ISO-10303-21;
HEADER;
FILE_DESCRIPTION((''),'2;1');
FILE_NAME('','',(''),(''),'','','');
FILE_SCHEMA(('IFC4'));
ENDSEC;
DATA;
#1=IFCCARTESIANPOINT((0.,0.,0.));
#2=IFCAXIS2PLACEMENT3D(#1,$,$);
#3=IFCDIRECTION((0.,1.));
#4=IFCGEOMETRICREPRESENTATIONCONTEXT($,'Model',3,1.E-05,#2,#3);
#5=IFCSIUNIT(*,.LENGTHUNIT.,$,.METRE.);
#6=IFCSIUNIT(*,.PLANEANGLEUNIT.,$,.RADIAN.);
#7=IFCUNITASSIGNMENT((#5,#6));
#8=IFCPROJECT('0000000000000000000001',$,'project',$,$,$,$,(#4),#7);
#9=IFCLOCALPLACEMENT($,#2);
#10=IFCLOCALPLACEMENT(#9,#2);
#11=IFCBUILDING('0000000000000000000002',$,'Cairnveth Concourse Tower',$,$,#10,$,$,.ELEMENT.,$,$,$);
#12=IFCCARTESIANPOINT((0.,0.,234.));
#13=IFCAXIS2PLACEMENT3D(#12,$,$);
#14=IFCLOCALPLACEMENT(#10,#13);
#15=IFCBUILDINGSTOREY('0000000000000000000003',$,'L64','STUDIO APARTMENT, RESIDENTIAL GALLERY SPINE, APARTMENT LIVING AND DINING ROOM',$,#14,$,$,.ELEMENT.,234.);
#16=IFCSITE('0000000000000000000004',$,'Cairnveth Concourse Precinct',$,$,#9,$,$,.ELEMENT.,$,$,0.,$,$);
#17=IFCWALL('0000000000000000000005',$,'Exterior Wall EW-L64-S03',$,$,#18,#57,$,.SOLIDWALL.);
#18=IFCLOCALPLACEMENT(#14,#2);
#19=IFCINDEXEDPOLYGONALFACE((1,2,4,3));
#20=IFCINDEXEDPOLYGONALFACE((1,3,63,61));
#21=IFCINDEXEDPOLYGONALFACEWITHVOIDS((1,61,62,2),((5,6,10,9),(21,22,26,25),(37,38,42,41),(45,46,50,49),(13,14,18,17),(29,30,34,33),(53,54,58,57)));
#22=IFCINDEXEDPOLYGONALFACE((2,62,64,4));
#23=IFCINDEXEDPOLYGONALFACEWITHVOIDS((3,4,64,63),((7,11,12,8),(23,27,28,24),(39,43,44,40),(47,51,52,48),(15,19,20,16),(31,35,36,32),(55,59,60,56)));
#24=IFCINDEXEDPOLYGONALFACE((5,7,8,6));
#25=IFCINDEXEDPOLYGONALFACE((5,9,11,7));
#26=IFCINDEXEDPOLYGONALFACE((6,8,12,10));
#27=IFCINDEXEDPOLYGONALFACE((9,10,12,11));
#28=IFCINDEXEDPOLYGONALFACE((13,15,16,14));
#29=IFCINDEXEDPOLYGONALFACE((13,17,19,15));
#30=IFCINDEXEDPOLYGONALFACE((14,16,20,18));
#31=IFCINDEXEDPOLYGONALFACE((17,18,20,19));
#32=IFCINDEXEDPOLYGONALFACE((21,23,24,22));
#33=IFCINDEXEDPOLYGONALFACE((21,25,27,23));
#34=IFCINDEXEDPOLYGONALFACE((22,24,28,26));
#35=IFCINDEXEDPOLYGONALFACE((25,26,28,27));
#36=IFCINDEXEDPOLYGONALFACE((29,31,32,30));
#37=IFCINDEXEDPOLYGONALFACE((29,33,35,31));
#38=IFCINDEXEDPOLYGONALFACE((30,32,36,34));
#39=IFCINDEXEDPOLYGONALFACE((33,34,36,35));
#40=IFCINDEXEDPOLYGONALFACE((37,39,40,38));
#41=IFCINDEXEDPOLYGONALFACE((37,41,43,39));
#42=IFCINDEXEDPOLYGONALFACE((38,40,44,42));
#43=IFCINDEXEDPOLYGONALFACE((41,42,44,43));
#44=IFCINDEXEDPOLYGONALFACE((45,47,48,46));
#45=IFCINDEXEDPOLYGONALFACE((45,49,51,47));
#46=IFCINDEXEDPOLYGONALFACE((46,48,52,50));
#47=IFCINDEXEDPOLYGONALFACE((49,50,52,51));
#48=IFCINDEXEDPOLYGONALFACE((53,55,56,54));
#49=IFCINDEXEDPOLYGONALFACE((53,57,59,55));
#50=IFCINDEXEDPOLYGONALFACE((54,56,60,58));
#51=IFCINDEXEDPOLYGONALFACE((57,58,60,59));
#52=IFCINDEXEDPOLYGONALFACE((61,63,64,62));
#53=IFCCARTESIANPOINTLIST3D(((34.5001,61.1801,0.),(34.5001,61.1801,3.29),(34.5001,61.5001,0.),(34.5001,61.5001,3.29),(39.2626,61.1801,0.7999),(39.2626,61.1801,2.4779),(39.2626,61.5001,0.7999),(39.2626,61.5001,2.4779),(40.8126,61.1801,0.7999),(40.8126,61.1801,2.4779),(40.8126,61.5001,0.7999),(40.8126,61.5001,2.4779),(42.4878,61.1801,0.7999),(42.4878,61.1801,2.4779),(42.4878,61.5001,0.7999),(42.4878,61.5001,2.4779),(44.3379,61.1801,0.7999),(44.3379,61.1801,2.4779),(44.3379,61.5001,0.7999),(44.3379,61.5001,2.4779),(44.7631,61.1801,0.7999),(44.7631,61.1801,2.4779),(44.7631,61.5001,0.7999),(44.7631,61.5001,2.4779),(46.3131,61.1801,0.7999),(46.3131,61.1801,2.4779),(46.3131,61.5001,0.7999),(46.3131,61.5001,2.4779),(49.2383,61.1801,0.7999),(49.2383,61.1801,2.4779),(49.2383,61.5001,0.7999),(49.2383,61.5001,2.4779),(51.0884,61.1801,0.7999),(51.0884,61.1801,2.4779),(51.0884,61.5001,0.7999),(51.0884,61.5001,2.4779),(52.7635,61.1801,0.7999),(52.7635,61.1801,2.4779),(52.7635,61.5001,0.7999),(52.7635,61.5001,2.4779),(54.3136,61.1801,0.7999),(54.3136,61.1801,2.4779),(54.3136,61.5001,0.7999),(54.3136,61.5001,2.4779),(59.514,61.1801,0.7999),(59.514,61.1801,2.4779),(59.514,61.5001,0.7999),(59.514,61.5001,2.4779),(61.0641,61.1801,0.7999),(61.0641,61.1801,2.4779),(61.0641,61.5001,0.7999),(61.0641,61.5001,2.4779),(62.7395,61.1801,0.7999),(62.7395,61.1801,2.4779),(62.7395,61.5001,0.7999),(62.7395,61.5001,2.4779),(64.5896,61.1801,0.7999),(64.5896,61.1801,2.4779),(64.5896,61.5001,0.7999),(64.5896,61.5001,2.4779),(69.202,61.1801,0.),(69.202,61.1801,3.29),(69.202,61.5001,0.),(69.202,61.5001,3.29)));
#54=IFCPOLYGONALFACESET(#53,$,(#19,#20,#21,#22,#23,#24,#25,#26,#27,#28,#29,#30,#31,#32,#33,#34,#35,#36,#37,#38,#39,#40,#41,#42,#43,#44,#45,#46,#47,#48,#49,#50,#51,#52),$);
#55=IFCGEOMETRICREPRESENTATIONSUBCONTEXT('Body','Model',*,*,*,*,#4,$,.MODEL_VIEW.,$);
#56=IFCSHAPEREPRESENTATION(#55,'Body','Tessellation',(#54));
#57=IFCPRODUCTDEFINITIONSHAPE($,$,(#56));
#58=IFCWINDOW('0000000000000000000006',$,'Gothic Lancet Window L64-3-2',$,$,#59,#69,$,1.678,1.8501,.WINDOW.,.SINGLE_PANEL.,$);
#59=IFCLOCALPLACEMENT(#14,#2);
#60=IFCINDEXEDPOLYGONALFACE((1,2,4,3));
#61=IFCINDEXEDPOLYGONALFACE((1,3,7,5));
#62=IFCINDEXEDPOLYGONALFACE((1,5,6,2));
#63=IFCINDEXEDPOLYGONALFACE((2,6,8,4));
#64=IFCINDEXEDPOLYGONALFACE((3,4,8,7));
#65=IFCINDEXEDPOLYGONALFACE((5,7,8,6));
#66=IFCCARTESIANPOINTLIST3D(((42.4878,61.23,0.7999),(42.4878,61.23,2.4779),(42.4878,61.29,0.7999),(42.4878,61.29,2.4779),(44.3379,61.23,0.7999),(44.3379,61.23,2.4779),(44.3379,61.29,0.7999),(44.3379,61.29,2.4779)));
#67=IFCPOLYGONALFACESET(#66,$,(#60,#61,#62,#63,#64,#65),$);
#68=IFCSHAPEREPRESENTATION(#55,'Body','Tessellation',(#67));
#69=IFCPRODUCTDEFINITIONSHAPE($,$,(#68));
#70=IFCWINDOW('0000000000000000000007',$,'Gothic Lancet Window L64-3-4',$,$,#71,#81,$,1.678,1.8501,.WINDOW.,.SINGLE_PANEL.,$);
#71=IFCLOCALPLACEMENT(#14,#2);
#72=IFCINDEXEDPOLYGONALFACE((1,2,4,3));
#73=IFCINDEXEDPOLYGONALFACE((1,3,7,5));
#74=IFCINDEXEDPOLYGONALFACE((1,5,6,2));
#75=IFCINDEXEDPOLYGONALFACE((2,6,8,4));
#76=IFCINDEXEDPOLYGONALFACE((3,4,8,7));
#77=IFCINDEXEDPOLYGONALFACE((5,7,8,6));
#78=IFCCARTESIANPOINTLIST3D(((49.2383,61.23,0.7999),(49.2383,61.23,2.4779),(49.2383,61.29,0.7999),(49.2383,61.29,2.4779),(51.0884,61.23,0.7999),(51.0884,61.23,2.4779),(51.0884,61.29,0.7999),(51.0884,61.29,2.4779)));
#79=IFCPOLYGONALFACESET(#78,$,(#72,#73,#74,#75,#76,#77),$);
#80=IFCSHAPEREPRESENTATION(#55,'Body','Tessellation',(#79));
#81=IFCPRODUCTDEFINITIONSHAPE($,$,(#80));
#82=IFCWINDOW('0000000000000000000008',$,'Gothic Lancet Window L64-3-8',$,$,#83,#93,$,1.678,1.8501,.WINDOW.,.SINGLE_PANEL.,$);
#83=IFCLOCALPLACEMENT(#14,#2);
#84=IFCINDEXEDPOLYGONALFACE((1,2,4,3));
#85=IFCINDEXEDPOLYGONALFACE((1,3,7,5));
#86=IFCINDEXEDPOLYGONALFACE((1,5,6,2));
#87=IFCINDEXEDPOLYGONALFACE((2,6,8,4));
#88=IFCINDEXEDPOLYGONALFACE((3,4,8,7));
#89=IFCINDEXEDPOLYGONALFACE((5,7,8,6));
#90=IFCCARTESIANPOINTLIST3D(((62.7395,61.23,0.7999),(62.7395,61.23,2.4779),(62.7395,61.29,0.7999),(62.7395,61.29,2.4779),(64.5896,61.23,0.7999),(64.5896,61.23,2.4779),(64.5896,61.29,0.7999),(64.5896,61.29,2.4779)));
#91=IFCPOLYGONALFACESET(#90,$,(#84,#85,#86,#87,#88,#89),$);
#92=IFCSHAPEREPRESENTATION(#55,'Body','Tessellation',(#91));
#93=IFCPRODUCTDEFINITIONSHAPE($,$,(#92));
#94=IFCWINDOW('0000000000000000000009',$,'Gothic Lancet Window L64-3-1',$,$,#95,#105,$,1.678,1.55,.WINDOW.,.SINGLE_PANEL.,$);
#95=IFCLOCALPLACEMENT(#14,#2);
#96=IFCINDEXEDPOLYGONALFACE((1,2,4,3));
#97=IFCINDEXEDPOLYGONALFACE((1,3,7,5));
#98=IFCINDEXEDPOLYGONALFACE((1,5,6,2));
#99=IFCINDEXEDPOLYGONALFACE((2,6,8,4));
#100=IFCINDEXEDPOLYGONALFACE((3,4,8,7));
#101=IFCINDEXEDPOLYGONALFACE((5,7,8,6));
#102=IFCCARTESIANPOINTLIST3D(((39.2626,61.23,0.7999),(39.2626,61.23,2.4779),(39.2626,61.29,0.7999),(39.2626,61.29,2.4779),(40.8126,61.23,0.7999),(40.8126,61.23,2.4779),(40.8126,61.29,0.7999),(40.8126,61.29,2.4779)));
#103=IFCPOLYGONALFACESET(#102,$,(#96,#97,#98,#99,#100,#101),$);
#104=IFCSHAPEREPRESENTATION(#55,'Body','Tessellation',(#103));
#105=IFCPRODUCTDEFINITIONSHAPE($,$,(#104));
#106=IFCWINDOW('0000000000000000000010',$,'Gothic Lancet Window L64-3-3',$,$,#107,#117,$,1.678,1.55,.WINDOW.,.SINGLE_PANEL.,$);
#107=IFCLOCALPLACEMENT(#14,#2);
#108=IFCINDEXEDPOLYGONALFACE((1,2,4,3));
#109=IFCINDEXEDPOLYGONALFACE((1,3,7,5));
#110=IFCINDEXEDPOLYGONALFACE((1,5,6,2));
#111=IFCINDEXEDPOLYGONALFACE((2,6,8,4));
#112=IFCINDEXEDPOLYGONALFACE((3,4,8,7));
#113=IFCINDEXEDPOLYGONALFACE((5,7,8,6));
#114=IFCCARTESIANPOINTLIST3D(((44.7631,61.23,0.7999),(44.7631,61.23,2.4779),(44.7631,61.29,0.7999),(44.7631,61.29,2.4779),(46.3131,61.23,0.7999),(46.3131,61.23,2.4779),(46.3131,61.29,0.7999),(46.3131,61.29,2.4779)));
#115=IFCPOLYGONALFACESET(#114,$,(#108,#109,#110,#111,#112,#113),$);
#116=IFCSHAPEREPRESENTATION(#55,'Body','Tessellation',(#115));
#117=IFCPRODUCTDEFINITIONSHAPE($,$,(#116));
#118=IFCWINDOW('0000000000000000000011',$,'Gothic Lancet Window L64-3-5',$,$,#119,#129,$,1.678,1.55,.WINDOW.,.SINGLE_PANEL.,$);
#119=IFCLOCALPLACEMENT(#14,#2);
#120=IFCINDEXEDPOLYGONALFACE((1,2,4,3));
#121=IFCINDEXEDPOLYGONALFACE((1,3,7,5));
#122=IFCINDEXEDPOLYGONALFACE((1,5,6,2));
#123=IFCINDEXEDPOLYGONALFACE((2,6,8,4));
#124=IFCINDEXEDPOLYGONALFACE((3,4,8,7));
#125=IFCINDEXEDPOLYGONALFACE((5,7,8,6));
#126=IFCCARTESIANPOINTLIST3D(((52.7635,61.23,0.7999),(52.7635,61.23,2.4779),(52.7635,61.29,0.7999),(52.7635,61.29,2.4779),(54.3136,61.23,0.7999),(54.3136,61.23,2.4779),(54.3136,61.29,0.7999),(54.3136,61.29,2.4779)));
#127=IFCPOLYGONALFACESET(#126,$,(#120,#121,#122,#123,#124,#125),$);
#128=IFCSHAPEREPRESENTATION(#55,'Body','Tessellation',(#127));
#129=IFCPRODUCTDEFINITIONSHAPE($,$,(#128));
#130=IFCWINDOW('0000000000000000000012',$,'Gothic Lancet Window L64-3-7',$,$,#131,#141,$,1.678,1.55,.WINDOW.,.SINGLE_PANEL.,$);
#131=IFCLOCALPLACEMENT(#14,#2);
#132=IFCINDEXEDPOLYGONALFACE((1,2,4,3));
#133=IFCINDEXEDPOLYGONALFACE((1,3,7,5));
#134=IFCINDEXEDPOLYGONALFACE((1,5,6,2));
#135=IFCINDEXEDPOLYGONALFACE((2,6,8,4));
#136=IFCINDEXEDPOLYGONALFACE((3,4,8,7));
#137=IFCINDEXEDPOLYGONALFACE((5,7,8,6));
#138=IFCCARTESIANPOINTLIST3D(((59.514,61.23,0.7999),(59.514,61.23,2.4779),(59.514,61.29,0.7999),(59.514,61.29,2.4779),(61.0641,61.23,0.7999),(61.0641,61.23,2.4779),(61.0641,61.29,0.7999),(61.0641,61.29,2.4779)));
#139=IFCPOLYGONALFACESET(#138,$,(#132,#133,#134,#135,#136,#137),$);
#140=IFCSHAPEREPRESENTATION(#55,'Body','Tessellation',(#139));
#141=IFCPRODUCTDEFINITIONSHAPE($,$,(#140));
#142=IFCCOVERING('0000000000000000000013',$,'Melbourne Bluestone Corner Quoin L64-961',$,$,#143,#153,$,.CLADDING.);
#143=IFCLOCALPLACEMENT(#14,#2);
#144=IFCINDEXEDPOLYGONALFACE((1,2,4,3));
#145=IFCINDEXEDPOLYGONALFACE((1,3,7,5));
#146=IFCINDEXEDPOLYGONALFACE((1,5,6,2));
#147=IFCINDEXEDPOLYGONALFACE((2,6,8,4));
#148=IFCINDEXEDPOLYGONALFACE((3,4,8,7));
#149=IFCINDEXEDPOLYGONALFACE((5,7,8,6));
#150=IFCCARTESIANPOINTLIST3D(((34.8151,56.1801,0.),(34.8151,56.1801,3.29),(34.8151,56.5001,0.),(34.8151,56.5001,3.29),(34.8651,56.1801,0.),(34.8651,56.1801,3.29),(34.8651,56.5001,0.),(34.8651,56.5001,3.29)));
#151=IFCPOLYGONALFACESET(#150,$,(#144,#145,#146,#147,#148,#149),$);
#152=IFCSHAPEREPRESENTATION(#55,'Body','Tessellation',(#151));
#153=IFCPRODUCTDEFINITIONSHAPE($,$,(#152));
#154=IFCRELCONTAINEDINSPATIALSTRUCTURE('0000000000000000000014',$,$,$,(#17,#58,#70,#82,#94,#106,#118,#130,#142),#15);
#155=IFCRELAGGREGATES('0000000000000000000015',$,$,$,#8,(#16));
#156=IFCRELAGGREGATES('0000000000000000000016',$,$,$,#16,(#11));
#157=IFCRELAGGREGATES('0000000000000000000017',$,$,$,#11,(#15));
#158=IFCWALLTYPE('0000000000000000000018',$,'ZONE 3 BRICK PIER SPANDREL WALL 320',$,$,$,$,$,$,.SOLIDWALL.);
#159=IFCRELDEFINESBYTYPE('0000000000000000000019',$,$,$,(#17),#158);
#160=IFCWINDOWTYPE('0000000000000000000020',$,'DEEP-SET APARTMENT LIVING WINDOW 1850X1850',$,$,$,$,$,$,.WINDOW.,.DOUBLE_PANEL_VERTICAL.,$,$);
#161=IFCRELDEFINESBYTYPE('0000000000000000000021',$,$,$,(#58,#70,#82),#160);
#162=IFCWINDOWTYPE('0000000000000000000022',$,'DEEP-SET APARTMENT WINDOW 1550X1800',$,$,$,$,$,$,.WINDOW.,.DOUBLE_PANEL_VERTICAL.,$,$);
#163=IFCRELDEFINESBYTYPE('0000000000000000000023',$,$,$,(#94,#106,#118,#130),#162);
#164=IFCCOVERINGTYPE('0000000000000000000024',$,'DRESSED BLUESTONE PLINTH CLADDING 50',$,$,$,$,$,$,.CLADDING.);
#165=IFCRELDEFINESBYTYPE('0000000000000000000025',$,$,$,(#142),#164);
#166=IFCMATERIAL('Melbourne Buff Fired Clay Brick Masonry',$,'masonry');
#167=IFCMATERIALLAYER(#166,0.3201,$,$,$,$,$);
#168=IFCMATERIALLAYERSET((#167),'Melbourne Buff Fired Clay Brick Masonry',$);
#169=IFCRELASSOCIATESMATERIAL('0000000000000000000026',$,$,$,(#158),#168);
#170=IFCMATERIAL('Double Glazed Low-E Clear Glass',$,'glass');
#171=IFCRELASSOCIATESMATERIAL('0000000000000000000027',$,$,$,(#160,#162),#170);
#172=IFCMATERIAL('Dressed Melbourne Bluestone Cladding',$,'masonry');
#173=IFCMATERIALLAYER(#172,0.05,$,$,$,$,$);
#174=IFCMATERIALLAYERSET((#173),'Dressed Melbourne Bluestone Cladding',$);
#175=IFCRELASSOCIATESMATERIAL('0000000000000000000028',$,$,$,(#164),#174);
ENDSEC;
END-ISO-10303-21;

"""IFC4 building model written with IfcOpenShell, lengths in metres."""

from ifc_helpers import new_model, si_unit, direction, frame, frame_2d, origin, place, context, subcontext, project, spatial, rectangle, extrude, material, layer, layer_set, type_object, element, fill, save


model = new_model("IFC4")

# Units and contexts
model_context = context("Model", 3, precision=1e-05, world=origin(), true_north=direction((0.0, 1.0)))
body_context = subcontext(model_context, "Body", "Model", "MODEL_VIEW")
ifc_project = project(units=[si_unit("LENGTHUNIT", "METRE"), si_unit("PLANEANGLEUNIT", "RADIAN")], contexts=[model_context])

# Site, building, storey
site_placement = place(None, origin())
site = spatial("IfcSite", under=ifc_project, at=site_placement, Name="Cairnveth Concourse Precinct", CompositionType="ELEMENT", RefElevation=0.0)
building_placement = place(site_placement, origin())
building = spatial("IfcBuilding", under=site, at=building_placement, Name="Cairnveth Concourse Tower", CompositionType="ELEMENT")
storey_placement = place(building_placement, frame((0.0, 0.0, 234.0)))
storey = spatial("IfcBuildingStorey", under=building, at=storey_placement, Name="L64", Description="STUDIO APARTMENT, RESIDENTIAL GALLERY SPINE, APARTMENT LIVING AND DINING ROOM", CompositionType="ELEMENT", Elevation=234.0)

# Shared definitions
ifc_material_1 = material(Name="Melbourne Buff Fired Clay Brick Masonry", Category="masonry")
ifc_layer_1 = layer(ifc_material_1, 0.3201)
ifc_layer_set_1 = layer_set([ifc_layer_1], Name="Melbourne Buff Fired Clay Brick Masonry")
wall_type_1 = type_object("IfcWallType", Name="ZONE 3 BRICK PIER SPANDREL WALL 320", PredefinedType="SOLIDWALL", material=ifc_layer_set_1)

# Wall, openings, windows
wall_1_placement = place(storey_placement, frame((34.5, 61.3401, 0.0), z_axis=(0.0, 0.0, 1.0), x_axis=(1.0, 0.0, 0.0)))
wall_1 = element("IfcWall", 1, at=wall_1_placement, inside=storey, type_object=wall_type_1, Name="Exterior Wall EW-L64-S03", PredefinedType="SOLIDWALL", context=body_context, shape_type="SweptSolid", body=[
    extrude(rectangle(XDim=34.7019, YDim=0.3201, at=frame_2d((17.3511, 0.0))), origin(), (0.0, 0.0, 1.0), 3.29),
])
opening_1_placement = place(wall_1_placement, frame((4.7627, 0.0, 0.8)))
opening_1 = element("IfcOpeningElement", 2, at=opening_1_placement, cuts=wall_1, PredefinedType="OPENING", context=body_context, shape_type="SweptSolid", body=[
    extrude(rectangle(XDim=1.55, YDim=1.678, at=frame_2d((0.7749, 0.8389))), frame((0.0, 0.1699, 0.0), z_axis=(0.0, -1.0, 0.0), x_axis=(1.0, 0.0, 0.0)), (0.0, 0.0, 1.0), 0.3401),
])
opening_2_placement = place(wall_1_placement, frame((7.9878, 0.0, 0.8)))
opening_2 = element("IfcOpeningElement", 3, at=opening_2_placement, cuts=wall_1, PredefinedType="OPENING", context=body_context, shape_type="SweptSolid", body=[
    extrude(rectangle(XDim=1.8501, YDim=1.678, at=frame_2d((0.925, 0.8389))), frame((0.0, 0.1699, 0.0), z_axis=(0.0, -1.0, 0.0), x_axis=(1.0, 0.0, 0.0)), (0.0, 0.0, 1.0), 0.3401),
])
opening_3_placement = place(wall_1_placement, frame((10.2632, 0.0, 0.8)))
opening_3 = element("IfcOpeningElement", 4, at=opening_3_placement, cuts=wall_1, PredefinedType="OPENING", context=body_context, shape_type="SweptSolid", body=[
    extrude(rectangle(XDim=1.55, YDim=1.678, at=frame_2d((0.7749, 0.8389))), frame((0.0, 0.1699, 0.0), z_axis=(0.0, -1.0, 0.0), x_axis=(1.0, 0.0, 0.0)), (0.0, 0.0, 1.0), 0.3401),
])
opening_4_placement = place(wall_1_placement, frame((14.7383, 0.0, 0.8)))
opening_4 = element("IfcOpeningElement", 5, at=opening_4_placement, cuts=wall_1, PredefinedType="OPENING", context=body_context, shape_type="SweptSolid", body=[
    extrude(rectangle(XDim=1.8501, YDim=1.678, at=frame_2d((0.925, 0.8389))), frame((0.0, 0.1699, 0.0), z_axis=(0.0, -1.0, 0.0), x_axis=(1.0, 0.0, 0.0)), (0.0, 0.0, 1.0), 0.3401),
])
opening_5_placement = place(wall_1_placement, frame((18.2637, 0.0, 0.8)))
opening_5 = element("IfcOpeningElement", 6, at=opening_5_placement, cuts=wall_1, PredefinedType="OPENING", context=body_context, shape_type="SweptSolid", body=[
    extrude(rectangle(XDim=1.55, YDim=1.678, at=frame_2d((0.7749, 0.8389))), frame((0.0, 0.1699, 0.0), z_axis=(0.0, -1.0, 0.0), x_axis=(1.0, 0.0, 0.0)), (0.0, 0.0, 1.0), 0.3401),
])
opening_6_placement = place(wall_1_placement, frame((25.0142, 0.0, 0.8)))
opening_6 = element("IfcOpeningElement", 7, at=opening_6_placement, cuts=wall_1, PredefinedType="OPENING", context=body_context, shape_type="SweptSolid", body=[
    extrude(rectangle(XDim=1.55, YDim=1.678, at=frame_2d((0.7749, 0.8389))), frame((0.0, 0.1699, 0.0), z_axis=(0.0, -1.0, 0.0), x_axis=(1.0, 0.0, 0.0)), (0.0, 0.0, 1.0), 0.3401),
])
opening_7_placement = place(wall_1_placement, frame((28.2395, 0.0, 0.8)))
opening_7 = element("IfcOpeningElement", 8, at=opening_7_placement, cuts=wall_1, PredefinedType="OPENING", context=body_context, shape_type="SweptSolid", body=[
    extrude(rectangle(XDim=1.8501, YDim=1.678, at=frame_2d((0.925, 0.8389))), frame((0.0, 0.1699, 0.0), z_axis=(0.0, -1.0, 0.0), x_axis=(1.0, 0.0, 0.0)), (0.0, 0.0, 1.0), 0.3401),
])
ifc_material_2 = material(Name="Double Glazed Low-E Clear Glass", Category="glass")
window_type_1 = type_object("IfcWindowType", Name="DEEP-SET APARTMENT LIVING WINDOW 1850X1850", PartitioningType="DOUBLE_PANEL_VERTICAL", PredefinedType="WINDOW", material=ifc_material_2)
window_1_placement = place(opening_2_placement, origin())
window_1 = element("IfcWindow", 9, at=window_1_placement, inside=storey, type_object=window_type_1, Name="Gothic Lancet Window L64-3-2", OverallHeight=1.678, OverallWidth=1.8501, PartitioningType="SINGLE_PANEL", PredefinedType="WINDOW", context=body_context, shape_type="SweptSolid", body=[
    extrude(rectangle(XDim=1.8501, YDim=1.678, at=frame_2d((0.925, 0.8389))), frame((0.0, -0.05, 0.0), z_axis=(0.0, -1.0, 0.0), x_axis=(1.0, 0.0, 0.0)), (0.0, 0.0, 1.0), 0.0601),
])
fill(opening_2, window_1)
window_2_placement = place(opening_4_placement, origin())
window_2 = element("IfcWindow", 10, at=window_2_placement, inside=storey, type_object=window_type_1, Name="Gothic Lancet Window L64-3-4", OverallHeight=1.678, OverallWidth=1.8501, PartitioningType="SINGLE_PANEL", PredefinedType="WINDOW", context=body_context, shape_type="SweptSolid", body=[
    extrude(rectangle(XDim=1.8501, YDim=1.678, at=frame_2d((0.925, 0.8389))), frame((0.0, -0.05, 0.0), z_axis=(0.0, -1.0, 0.0), x_axis=(1.0, 0.0, 0.0)), (0.0, 0.0, 1.0), 0.0601),
])
fill(opening_4, window_2)
window_3_placement = place(opening_7_placement, origin())
window_3 = element("IfcWindow", 11, at=window_3_placement, inside=storey, type_object=window_type_1, Name="Gothic Lancet Window L64-3-8", OverallHeight=1.678, OverallWidth=1.8501, PartitioningType="SINGLE_PANEL", PredefinedType="WINDOW", context=body_context, shape_type="SweptSolid", body=[
    extrude(rectangle(XDim=1.8501, YDim=1.678, at=frame_2d((0.925, 0.8389))), frame((0.0, -0.05, 0.0), z_axis=(0.0, -1.0, 0.0), x_axis=(1.0, 0.0, 0.0)), (0.0, 0.0, 1.0), 0.0601),
])
fill(opening_7, window_3)
window_type_2 = type_object("IfcWindowType", Name="DEEP-SET APARTMENT WINDOW 1550X1800", PartitioningType="DOUBLE_PANEL_VERTICAL", PredefinedType="WINDOW", material=ifc_material_2)
window_4_placement = place(opening_1_placement, origin())
window_4 = element("IfcWindow", 12, at=window_4_placement, inside=storey, type_object=window_type_2, Name="Gothic Lancet Window L64-3-1", OverallHeight=1.678, OverallWidth=1.55, PartitioningType="SINGLE_PANEL", PredefinedType="WINDOW", context=body_context, shape_type="SweptSolid", body=[
    extrude(rectangle(XDim=1.55, YDim=1.678, at=frame_2d((0.7749, 0.8389))), frame((0.0, -0.05, 0.0), z_axis=(0.0, -1.0, 0.0), x_axis=(1.0, 0.0, 0.0)), (0.0, 0.0, 1.0), 0.0601),
])
fill(opening_1, window_4)
window_5_placement = place(opening_3_placement, origin())
window_5 = element("IfcWindow", 13, at=window_5_placement, inside=storey, type_object=window_type_2, Name="Gothic Lancet Window L64-3-3", OverallHeight=1.678, OverallWidth=1.55, PartitioningType="SINGLE_PANEL", PredefinedType="WINDOW", context=body_context, shape_type="SweptSolid", body=[
    extrude(rectangle(XDim=1.55, YDim=1.678, at=frame_2d((0.7749, 0.8389))), frame((0.0, -0.05, 0.0), z_axis=(0.0, -1.0, 0.0), x_axis=(1.0, 0.0, 0.0)), (0.0, 0.0, 1.0), 0.0601),
])
fill(opening_3, window_5)
window_6_placement = place(opening_5_placement, origin())
window_6 = element("IfcWindow", 14, at=window_6_placement, inside=storey, type_object=window_type_2, Name="Gothic Lancet Window L64-3-5", OverallHeight=1.678, OverallWidth=1.55, PartitioningType="SINGLE_PANEL", PredefinedType="WINDOW", context=body_context, shape_type="SweptSolid", body=[
    extrude(rectangle(XDim=1.55, YDim=1.678, at=frame_2d((0.7749, 0.8389))), frame((0.0, -0.05, 0.0), z_axis=(0.0, -1.0, 0.0), x_axis=(1.0, 0.0, 0.0)), (0.0, 0.0, 1.0), 0.0601),
])
fill(opening_5, window_6)
window_7_placement = place(opening_6_placement, origin())
window_7 = element("IfcWindow", 15, at=window_7_placement, inside=storey, type_object=window_type_2, Name="Gothic Lancet Window L64-3-7", OverallHeight=1.678, OverallWidth=1.55, PartitioningType="SINGLE_PANEL", PredefinedType="WINDOW", context=body_context, shape_type="SweptSolid", body=[
    extrude(rectangle(XDim=1.55, YDim=1.678, at=frame_2d((0.7749, 0.8389))), frame((0.0, -0.05, 0.0), z_axis=(0.0, -1.0, 0.0), x_axis=(1.0, 0.0, 0.0)), (0.0, 0.0, 1.0), 0.0601),
])
fill(opening_6, window_7)

# Covering
ifc_material_3 = material(Name="Dressed Melbourne Bluestone Cladding", Category="masonry")
ifc_layer_2 = layer(ifc_material_3, 0.05)
ifc_layer_set_2 = layer_set([ifc_layer_2], Name="Dressed Melbourne Bluestone Cladding")
covering_type = type_object("IfcCoveringType", Name="DRESSED BLUESTONE PLINTH CLADDING 50", PredefinedType="CLADDING", material=ifc_layer_set_2)
covering_placement = place(storey_placement, frame((34.8401, 56.1799, 0.0), z_axis=(0.0, 0.0, 1.0), x_axis=(0.0, 1.0, 0.0)))
element("IfcCovering", 16, at=covering_placement, inside=storey, type_object=covering_type, Name="Melbourne Bluestone Corner Quoin L64-961", PredefinedType="CLADDING", context=body_context, shape_type="SweptSolid", body=[
    extrude(rectangle(XDim=0.3201, YDim=0.05, at=frame_2d((0.1602, 0.0))), origin(), (0.0, 0.0, 1.0), 3.29),
])

save(model, "model.ifc")
